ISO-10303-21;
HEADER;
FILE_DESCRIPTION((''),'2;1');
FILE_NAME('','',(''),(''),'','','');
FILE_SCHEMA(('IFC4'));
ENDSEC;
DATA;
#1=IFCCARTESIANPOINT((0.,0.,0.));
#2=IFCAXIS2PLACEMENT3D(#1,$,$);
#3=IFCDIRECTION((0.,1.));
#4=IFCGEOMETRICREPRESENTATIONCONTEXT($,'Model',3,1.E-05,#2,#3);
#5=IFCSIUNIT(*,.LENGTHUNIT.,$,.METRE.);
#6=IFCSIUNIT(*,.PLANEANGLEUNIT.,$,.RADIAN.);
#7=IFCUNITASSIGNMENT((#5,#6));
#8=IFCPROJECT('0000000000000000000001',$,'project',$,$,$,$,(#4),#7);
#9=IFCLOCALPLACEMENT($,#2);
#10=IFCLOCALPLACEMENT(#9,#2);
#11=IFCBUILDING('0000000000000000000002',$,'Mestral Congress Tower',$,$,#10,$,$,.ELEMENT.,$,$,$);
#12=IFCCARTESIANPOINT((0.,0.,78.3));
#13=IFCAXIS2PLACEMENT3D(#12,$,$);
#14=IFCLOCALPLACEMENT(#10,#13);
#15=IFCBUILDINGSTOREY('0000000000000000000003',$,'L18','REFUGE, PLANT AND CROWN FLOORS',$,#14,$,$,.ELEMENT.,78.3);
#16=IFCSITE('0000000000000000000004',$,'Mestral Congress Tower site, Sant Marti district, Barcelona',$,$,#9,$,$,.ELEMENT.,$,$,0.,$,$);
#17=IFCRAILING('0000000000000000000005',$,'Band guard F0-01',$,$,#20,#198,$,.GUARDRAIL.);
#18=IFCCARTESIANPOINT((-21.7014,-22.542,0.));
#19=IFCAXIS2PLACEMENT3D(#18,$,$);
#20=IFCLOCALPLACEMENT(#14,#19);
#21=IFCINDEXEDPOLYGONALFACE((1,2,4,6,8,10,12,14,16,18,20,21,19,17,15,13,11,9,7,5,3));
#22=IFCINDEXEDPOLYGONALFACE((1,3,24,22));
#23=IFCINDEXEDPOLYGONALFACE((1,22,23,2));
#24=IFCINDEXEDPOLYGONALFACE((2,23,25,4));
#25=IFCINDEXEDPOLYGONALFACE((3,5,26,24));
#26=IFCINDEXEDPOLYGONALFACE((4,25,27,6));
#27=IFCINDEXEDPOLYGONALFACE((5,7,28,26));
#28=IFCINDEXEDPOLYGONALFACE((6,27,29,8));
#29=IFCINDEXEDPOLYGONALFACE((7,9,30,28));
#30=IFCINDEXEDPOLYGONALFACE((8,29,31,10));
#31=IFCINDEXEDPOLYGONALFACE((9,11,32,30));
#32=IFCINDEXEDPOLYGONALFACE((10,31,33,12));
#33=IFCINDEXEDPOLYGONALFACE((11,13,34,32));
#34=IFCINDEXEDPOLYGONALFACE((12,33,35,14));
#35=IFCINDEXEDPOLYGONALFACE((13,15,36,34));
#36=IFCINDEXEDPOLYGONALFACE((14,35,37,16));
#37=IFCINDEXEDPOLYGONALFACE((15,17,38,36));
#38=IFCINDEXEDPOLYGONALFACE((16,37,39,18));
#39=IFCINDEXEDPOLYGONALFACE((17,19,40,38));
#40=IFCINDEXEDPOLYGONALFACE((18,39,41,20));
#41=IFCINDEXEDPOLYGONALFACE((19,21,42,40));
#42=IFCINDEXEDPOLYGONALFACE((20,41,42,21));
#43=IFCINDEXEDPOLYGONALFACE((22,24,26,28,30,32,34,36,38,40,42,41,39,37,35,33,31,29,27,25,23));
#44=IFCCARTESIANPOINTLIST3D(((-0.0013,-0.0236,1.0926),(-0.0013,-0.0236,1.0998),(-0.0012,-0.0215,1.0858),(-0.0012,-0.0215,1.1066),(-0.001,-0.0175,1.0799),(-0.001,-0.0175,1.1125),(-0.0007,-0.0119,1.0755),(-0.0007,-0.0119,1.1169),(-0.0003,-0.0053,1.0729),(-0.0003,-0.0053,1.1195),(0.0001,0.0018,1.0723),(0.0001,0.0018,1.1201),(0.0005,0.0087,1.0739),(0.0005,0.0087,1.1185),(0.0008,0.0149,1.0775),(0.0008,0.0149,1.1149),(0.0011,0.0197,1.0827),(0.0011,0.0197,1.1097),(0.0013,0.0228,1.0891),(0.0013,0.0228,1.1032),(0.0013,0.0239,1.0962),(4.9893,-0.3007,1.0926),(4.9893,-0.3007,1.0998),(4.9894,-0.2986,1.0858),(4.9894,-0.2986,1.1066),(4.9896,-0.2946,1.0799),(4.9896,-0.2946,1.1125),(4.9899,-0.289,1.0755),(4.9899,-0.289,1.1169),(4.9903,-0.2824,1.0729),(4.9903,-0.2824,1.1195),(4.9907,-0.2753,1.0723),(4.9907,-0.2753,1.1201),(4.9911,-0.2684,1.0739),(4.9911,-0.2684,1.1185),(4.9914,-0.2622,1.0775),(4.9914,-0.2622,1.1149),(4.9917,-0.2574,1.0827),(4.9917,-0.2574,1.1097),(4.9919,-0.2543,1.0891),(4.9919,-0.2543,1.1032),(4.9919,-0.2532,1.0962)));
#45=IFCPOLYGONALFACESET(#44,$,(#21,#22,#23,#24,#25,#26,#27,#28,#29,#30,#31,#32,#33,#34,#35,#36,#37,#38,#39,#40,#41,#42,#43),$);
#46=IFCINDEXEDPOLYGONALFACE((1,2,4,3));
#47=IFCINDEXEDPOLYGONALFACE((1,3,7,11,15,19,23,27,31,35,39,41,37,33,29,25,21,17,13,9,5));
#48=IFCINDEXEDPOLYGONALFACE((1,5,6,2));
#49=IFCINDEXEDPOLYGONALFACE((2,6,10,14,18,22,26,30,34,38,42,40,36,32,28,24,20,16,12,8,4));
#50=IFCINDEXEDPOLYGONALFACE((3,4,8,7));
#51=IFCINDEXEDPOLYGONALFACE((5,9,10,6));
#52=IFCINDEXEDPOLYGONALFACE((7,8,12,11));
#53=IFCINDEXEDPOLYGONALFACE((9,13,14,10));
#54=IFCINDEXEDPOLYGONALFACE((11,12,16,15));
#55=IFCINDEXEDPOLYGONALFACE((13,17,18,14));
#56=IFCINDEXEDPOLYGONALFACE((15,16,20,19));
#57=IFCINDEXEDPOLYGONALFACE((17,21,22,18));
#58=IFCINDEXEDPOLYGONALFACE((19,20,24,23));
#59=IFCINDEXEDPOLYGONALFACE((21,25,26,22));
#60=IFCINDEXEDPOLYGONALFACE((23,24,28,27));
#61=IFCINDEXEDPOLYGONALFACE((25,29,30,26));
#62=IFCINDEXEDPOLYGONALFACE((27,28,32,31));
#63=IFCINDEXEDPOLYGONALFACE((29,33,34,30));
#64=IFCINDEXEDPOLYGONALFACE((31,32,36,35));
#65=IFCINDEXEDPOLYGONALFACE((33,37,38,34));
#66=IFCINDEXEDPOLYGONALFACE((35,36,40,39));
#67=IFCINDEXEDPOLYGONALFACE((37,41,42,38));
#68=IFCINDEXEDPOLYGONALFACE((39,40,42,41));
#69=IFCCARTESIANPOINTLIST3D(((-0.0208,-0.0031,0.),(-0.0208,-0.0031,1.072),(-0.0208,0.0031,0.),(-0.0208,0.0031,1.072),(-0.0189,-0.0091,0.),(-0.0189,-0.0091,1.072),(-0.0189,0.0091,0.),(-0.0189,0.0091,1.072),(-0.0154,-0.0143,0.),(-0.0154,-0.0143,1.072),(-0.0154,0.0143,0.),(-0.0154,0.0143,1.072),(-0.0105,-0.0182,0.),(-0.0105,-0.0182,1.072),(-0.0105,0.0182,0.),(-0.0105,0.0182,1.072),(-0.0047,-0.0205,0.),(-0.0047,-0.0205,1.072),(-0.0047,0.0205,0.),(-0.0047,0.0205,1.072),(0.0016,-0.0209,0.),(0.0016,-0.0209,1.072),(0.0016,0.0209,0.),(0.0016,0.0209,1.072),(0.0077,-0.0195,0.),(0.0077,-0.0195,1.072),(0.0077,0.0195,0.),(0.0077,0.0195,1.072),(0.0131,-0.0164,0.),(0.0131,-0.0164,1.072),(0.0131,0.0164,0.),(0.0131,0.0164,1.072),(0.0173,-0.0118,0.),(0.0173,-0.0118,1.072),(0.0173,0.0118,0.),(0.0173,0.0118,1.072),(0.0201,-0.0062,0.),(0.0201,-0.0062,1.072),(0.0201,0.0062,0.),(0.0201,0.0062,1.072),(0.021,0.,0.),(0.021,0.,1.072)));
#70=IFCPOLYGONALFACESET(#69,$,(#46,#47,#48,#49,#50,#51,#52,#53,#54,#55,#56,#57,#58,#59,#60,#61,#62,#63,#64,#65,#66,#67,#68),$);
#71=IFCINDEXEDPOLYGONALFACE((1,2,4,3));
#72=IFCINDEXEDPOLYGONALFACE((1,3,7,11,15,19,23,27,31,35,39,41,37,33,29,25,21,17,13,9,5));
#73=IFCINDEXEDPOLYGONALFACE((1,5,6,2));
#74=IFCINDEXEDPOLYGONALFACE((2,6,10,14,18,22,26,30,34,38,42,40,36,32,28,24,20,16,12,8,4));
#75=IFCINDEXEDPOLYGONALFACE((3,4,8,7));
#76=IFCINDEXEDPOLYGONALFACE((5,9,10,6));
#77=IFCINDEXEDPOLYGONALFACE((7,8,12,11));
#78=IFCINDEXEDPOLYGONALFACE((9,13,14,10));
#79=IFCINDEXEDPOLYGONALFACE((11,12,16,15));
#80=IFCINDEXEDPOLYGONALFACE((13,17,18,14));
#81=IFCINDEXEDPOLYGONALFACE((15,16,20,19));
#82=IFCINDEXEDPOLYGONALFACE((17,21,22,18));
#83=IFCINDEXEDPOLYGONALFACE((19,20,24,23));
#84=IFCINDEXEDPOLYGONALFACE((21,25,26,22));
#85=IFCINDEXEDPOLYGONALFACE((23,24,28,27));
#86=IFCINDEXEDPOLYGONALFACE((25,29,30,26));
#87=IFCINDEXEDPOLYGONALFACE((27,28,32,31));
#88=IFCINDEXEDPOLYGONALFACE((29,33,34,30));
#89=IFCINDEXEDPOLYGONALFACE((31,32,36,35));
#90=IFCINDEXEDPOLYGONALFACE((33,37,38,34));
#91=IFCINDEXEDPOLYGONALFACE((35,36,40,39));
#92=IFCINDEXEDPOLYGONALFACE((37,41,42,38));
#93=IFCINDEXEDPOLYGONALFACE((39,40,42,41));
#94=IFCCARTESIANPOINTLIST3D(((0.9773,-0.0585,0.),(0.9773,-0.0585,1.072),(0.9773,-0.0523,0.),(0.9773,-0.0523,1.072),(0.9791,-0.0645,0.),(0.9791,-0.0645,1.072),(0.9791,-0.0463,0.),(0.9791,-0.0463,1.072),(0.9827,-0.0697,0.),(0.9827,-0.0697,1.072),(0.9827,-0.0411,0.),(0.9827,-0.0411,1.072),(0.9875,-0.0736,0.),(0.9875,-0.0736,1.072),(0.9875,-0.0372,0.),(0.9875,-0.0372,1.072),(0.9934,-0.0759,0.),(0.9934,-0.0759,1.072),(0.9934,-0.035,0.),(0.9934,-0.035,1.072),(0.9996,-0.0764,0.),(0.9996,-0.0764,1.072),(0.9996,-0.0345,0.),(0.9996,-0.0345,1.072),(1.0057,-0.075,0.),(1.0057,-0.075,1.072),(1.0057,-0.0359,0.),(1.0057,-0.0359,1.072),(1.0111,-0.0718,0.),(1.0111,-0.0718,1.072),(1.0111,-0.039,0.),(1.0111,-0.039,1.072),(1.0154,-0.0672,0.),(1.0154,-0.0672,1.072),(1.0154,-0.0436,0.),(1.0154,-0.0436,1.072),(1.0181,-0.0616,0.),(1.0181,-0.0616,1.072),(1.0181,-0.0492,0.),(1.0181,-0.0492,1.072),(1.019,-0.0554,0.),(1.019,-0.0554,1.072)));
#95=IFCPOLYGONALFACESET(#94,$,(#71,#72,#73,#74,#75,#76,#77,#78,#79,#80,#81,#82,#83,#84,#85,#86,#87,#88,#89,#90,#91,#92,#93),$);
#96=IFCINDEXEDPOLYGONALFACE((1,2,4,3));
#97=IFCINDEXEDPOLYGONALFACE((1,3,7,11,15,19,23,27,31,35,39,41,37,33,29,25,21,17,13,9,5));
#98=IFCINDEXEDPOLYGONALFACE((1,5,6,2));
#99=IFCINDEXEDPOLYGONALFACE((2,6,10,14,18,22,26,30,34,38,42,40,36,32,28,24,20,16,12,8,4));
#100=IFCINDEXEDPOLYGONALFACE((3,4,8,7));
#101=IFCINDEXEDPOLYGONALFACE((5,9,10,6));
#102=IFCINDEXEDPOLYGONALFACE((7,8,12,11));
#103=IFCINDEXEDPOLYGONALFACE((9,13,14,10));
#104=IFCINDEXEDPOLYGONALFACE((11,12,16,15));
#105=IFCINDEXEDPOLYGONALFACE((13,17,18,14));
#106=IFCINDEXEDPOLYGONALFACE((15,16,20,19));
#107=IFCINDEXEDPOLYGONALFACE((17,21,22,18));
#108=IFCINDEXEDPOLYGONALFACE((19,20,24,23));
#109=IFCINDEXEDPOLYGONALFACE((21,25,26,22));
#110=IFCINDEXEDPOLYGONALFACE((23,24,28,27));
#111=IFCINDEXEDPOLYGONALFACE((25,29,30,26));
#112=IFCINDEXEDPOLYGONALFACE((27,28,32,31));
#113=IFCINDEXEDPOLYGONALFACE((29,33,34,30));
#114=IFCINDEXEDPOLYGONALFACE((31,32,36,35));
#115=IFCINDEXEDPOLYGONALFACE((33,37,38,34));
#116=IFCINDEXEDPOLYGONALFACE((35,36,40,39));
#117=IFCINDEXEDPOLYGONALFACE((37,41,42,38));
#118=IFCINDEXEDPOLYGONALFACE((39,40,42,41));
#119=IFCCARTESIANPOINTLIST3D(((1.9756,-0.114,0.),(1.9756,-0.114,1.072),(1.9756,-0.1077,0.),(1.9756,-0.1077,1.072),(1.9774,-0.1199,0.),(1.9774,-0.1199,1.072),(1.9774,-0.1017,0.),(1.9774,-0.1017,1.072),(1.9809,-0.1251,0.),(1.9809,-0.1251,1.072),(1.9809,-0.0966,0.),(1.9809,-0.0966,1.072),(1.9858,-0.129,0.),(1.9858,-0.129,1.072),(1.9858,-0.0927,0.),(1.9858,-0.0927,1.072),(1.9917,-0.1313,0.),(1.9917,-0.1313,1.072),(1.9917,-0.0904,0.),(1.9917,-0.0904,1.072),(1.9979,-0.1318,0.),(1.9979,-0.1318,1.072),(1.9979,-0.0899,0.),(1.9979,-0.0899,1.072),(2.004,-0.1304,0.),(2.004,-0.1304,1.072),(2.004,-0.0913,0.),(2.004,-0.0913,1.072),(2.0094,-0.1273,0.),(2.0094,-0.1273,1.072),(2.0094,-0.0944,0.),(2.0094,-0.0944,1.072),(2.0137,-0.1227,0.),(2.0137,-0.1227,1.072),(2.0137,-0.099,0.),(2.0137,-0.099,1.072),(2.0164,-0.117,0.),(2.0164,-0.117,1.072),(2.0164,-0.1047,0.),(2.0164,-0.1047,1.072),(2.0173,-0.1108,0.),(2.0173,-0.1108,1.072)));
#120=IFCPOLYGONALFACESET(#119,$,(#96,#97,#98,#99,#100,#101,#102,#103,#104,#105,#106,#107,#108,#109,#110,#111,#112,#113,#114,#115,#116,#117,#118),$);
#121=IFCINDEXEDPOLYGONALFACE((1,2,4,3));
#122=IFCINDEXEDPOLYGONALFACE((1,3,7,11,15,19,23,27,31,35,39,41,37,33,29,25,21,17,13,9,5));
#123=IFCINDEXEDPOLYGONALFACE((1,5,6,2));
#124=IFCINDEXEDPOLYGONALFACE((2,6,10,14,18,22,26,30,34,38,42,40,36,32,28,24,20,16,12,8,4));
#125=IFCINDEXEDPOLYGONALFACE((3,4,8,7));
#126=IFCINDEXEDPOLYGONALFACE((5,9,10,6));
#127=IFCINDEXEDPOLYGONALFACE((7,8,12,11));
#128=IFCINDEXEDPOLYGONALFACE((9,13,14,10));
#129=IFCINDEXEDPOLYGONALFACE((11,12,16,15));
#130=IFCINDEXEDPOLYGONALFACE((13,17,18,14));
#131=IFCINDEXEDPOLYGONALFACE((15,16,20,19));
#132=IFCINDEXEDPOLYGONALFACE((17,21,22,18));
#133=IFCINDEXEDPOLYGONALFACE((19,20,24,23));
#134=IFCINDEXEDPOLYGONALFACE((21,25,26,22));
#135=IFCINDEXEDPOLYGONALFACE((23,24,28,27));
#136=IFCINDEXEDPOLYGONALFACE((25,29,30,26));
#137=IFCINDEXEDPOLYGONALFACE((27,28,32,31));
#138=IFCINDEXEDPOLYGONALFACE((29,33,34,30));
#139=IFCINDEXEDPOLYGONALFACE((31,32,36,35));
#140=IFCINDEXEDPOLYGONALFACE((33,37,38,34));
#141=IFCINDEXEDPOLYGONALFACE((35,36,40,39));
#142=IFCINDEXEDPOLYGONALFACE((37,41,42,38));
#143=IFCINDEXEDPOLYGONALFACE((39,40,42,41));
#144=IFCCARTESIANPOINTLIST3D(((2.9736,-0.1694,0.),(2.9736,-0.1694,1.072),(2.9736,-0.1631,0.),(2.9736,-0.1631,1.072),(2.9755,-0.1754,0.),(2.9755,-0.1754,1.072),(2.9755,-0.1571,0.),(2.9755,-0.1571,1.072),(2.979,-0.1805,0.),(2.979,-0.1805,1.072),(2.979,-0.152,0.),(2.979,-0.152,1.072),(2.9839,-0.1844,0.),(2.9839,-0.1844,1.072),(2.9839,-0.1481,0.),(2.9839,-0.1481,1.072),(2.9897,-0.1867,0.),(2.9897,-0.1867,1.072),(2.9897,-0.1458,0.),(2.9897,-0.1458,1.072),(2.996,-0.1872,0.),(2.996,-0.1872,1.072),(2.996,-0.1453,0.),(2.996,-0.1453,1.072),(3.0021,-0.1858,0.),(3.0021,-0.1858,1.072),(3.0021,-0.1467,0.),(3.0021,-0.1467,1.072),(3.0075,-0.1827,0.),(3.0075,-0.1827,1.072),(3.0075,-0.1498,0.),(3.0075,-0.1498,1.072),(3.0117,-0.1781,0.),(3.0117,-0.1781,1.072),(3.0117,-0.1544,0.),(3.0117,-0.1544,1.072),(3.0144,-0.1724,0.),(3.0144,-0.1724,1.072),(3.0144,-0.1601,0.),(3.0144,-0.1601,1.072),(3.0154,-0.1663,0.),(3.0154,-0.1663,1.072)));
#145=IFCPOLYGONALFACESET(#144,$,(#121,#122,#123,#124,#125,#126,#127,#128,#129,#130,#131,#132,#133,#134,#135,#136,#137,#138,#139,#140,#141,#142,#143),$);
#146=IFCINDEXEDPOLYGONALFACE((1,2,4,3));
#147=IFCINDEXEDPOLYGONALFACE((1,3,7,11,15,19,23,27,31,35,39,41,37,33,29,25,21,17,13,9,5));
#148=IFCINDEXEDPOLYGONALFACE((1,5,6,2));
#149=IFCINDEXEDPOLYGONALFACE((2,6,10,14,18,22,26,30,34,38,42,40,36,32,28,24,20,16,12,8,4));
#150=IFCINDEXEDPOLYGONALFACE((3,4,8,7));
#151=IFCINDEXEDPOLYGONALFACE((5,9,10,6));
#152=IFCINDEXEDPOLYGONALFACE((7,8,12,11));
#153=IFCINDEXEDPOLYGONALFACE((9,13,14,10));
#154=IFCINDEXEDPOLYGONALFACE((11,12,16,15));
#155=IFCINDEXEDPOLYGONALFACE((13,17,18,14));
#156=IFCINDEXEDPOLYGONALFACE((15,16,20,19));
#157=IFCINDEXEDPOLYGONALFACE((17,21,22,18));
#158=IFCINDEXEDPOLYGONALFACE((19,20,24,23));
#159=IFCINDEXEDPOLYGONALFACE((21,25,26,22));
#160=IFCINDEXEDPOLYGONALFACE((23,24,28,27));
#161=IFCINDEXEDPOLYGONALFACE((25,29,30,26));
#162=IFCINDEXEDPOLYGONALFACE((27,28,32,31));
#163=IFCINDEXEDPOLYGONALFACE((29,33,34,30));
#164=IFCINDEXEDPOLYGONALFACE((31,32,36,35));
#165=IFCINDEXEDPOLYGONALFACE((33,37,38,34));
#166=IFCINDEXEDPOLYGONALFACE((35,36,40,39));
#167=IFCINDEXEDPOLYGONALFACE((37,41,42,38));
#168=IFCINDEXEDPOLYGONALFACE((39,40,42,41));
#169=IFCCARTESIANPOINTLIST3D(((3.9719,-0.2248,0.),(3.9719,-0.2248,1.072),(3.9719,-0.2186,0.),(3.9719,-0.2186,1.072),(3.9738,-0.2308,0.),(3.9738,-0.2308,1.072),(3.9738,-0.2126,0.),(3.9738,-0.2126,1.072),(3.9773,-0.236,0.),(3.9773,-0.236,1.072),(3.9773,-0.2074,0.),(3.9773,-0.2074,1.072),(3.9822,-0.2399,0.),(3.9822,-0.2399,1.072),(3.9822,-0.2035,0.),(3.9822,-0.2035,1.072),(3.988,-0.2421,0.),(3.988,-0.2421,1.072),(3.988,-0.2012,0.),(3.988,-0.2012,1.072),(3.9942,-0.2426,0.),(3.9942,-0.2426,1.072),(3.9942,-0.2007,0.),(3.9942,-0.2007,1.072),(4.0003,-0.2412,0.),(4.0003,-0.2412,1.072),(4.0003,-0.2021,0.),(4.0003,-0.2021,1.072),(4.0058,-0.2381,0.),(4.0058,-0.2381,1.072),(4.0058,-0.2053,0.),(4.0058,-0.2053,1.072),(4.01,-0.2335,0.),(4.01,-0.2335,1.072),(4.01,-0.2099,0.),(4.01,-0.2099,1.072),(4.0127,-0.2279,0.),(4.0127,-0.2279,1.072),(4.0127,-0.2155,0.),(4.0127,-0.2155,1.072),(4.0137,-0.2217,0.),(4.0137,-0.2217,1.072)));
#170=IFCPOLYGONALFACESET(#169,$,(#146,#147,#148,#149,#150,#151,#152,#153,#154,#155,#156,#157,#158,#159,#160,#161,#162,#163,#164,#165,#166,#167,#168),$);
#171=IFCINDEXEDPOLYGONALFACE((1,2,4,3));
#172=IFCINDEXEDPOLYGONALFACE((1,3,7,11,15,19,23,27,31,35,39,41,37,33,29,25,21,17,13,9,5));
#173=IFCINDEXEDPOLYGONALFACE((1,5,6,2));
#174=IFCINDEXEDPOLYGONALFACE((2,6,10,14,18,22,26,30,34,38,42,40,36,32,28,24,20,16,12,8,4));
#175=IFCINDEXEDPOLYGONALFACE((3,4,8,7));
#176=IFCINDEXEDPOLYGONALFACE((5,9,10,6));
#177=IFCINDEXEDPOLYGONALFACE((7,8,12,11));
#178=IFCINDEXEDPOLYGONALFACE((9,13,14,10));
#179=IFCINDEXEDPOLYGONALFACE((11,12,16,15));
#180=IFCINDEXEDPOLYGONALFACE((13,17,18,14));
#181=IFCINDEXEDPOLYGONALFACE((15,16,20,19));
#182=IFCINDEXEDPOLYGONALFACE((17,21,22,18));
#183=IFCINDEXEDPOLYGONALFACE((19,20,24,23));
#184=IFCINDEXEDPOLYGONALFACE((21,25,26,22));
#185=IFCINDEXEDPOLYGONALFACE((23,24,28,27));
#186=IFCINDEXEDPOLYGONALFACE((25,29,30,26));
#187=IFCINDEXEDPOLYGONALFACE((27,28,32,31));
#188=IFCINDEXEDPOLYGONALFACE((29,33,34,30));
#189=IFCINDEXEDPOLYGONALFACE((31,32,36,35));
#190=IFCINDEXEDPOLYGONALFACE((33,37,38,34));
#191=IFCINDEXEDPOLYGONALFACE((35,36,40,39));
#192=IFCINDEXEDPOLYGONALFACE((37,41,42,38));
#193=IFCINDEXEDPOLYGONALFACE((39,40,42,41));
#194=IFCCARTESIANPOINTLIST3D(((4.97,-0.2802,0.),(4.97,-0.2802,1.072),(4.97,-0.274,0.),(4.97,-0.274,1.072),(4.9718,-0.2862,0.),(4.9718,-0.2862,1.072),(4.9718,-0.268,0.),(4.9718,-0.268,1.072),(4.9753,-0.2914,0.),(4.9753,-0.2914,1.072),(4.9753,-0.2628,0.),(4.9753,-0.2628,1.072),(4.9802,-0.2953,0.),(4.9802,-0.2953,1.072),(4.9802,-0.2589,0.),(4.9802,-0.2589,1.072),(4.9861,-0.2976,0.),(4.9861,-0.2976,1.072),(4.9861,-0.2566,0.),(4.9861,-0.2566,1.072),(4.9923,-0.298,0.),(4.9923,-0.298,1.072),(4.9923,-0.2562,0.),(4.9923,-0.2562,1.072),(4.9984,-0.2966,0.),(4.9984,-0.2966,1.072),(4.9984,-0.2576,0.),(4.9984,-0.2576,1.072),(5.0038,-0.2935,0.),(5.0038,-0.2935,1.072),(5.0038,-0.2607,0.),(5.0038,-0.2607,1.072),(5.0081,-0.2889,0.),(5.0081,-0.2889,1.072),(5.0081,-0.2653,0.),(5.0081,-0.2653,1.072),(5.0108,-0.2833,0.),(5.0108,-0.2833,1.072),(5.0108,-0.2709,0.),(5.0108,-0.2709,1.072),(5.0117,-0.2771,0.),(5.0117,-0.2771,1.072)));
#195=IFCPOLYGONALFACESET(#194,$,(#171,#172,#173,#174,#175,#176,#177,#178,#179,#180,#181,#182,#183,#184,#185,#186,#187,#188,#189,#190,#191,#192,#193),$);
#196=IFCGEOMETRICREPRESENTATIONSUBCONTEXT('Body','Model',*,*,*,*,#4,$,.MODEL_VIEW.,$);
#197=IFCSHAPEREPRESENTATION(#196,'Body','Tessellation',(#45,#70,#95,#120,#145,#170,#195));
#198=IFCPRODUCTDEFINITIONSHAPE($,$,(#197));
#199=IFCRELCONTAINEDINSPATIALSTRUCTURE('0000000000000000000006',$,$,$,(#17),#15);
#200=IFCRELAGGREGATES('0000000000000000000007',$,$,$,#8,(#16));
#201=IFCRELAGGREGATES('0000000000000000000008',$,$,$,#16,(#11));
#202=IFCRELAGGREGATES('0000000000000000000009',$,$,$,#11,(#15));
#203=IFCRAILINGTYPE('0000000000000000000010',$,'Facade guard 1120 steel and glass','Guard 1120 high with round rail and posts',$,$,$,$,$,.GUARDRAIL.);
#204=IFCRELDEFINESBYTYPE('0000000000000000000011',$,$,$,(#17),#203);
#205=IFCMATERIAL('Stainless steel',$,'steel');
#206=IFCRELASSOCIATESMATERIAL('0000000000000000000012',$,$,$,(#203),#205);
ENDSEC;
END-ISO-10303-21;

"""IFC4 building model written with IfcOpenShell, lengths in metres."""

from ifc_helpers import new_model, si_unit, direction, frame, origin, origin_2d, place, context, subcontext, project, spatial, circle, extrude, material, type_object, element, save


model = new_model("IFC4")

# Units and contexts
model_context = context("Model", 3, precision=1e-05, world=origin(), true_north=direction((0.0, 1.0)))
body_context = subcontext(model_context, "Body", "Model", "MODEL_VIEW")
ifc_project = project(units=[si_unit("LENGTHUNIT", "METRE"), si_unit("PLANEANGLEUNIT", "RADIAN")], contexts=[model_context])

# Site, building, storey
site_placement = place(None, origin())
site = spatial("IfcSite", under=ifc_project, at=site_placement, Name="Mestral Congress Tower site, Sant Marti district, Barcelona", CompositionType="ELEMENT", RefElevation=0.0)
building_placement = place(site_placement, origin())
building = spatial("IfcBuilding", under=site, at=building_placement, Name="Mestral Congress Tower", CompositionType="ELEMENT")
storey_placement = place(building_placement, frame((0.0, 0.0, 78.3)))
storey = spatial("IfcBuildingStorey", under=building, at=storey_placement, Name="L18", Description="REFUGE, PLANT AND CROWN FLOORS", CompositionType="ELEMENT", Elevation=78.3)

# Railing
ifc_material_1 = material(Name="Stainless steel", Category="steel")
railing_type = type_object("IfcRailingType", Name="Facade guard 1120 steel and glass", Description="Guard 1120 high with round rail and posts", PredefinedType="GUARDRAIL", material=ifc_material_1)
railing_1_placement = place(storey_placement, frame((-21.7014, -22.542, 0.0)))
element("IfcRailing", 1, at=railing_1_placement, inside=storey, type_object=railing_type, Name="Band guard F0-01", PredefinedType="GUARDRAIL", context=body_context, shape_type="SweptSolid", body=[
    extrude(circle(Radius=0.0239, at=origin_2d()), frame((0.0, 0.0, 1.0962), z_axis=(0.998462, -0.055438, 0.0), x_axis=(0.055438, 0.998462, 0.0)), (0.0, 0.0, 1.0), 4.9983),
    extrude(circle(Radius=0.021, at=origin_2d()), origin(), (0.0, 0.0, 1.0), 1.072),
    extrude(circle(Radius=0.021, at=origin_2d()), frame((0.998, -0.0554, 0.0)), (0.0, 0.0, 1.0), 1.072),
    extrude(circle(Radius=0.021, at=origin_2d()), frame((1.9963, -0.1108, 0.0)), (0.0, 0.0, 1.0), 1.072),
    extrude(circle(Radius=0.021, at=origin_2d()), frame((2.9944, -0.1663, 0.0)), (0.0, 0.0, 1.0), 1.072),
    extrude(circle(Radius=0.021, at=origin_2d()), frame((3.9927, -0.2217, 0.0)), (0.0, 0.0, 1.0), 1.072),
    extrude(circle(Radius=0.021, at=origin_2d()), frame((4.9907, -0.2771, 0.0)), (0.0, 0.0, 1.0), 1.072),
])

save(model, "model.ifc")
